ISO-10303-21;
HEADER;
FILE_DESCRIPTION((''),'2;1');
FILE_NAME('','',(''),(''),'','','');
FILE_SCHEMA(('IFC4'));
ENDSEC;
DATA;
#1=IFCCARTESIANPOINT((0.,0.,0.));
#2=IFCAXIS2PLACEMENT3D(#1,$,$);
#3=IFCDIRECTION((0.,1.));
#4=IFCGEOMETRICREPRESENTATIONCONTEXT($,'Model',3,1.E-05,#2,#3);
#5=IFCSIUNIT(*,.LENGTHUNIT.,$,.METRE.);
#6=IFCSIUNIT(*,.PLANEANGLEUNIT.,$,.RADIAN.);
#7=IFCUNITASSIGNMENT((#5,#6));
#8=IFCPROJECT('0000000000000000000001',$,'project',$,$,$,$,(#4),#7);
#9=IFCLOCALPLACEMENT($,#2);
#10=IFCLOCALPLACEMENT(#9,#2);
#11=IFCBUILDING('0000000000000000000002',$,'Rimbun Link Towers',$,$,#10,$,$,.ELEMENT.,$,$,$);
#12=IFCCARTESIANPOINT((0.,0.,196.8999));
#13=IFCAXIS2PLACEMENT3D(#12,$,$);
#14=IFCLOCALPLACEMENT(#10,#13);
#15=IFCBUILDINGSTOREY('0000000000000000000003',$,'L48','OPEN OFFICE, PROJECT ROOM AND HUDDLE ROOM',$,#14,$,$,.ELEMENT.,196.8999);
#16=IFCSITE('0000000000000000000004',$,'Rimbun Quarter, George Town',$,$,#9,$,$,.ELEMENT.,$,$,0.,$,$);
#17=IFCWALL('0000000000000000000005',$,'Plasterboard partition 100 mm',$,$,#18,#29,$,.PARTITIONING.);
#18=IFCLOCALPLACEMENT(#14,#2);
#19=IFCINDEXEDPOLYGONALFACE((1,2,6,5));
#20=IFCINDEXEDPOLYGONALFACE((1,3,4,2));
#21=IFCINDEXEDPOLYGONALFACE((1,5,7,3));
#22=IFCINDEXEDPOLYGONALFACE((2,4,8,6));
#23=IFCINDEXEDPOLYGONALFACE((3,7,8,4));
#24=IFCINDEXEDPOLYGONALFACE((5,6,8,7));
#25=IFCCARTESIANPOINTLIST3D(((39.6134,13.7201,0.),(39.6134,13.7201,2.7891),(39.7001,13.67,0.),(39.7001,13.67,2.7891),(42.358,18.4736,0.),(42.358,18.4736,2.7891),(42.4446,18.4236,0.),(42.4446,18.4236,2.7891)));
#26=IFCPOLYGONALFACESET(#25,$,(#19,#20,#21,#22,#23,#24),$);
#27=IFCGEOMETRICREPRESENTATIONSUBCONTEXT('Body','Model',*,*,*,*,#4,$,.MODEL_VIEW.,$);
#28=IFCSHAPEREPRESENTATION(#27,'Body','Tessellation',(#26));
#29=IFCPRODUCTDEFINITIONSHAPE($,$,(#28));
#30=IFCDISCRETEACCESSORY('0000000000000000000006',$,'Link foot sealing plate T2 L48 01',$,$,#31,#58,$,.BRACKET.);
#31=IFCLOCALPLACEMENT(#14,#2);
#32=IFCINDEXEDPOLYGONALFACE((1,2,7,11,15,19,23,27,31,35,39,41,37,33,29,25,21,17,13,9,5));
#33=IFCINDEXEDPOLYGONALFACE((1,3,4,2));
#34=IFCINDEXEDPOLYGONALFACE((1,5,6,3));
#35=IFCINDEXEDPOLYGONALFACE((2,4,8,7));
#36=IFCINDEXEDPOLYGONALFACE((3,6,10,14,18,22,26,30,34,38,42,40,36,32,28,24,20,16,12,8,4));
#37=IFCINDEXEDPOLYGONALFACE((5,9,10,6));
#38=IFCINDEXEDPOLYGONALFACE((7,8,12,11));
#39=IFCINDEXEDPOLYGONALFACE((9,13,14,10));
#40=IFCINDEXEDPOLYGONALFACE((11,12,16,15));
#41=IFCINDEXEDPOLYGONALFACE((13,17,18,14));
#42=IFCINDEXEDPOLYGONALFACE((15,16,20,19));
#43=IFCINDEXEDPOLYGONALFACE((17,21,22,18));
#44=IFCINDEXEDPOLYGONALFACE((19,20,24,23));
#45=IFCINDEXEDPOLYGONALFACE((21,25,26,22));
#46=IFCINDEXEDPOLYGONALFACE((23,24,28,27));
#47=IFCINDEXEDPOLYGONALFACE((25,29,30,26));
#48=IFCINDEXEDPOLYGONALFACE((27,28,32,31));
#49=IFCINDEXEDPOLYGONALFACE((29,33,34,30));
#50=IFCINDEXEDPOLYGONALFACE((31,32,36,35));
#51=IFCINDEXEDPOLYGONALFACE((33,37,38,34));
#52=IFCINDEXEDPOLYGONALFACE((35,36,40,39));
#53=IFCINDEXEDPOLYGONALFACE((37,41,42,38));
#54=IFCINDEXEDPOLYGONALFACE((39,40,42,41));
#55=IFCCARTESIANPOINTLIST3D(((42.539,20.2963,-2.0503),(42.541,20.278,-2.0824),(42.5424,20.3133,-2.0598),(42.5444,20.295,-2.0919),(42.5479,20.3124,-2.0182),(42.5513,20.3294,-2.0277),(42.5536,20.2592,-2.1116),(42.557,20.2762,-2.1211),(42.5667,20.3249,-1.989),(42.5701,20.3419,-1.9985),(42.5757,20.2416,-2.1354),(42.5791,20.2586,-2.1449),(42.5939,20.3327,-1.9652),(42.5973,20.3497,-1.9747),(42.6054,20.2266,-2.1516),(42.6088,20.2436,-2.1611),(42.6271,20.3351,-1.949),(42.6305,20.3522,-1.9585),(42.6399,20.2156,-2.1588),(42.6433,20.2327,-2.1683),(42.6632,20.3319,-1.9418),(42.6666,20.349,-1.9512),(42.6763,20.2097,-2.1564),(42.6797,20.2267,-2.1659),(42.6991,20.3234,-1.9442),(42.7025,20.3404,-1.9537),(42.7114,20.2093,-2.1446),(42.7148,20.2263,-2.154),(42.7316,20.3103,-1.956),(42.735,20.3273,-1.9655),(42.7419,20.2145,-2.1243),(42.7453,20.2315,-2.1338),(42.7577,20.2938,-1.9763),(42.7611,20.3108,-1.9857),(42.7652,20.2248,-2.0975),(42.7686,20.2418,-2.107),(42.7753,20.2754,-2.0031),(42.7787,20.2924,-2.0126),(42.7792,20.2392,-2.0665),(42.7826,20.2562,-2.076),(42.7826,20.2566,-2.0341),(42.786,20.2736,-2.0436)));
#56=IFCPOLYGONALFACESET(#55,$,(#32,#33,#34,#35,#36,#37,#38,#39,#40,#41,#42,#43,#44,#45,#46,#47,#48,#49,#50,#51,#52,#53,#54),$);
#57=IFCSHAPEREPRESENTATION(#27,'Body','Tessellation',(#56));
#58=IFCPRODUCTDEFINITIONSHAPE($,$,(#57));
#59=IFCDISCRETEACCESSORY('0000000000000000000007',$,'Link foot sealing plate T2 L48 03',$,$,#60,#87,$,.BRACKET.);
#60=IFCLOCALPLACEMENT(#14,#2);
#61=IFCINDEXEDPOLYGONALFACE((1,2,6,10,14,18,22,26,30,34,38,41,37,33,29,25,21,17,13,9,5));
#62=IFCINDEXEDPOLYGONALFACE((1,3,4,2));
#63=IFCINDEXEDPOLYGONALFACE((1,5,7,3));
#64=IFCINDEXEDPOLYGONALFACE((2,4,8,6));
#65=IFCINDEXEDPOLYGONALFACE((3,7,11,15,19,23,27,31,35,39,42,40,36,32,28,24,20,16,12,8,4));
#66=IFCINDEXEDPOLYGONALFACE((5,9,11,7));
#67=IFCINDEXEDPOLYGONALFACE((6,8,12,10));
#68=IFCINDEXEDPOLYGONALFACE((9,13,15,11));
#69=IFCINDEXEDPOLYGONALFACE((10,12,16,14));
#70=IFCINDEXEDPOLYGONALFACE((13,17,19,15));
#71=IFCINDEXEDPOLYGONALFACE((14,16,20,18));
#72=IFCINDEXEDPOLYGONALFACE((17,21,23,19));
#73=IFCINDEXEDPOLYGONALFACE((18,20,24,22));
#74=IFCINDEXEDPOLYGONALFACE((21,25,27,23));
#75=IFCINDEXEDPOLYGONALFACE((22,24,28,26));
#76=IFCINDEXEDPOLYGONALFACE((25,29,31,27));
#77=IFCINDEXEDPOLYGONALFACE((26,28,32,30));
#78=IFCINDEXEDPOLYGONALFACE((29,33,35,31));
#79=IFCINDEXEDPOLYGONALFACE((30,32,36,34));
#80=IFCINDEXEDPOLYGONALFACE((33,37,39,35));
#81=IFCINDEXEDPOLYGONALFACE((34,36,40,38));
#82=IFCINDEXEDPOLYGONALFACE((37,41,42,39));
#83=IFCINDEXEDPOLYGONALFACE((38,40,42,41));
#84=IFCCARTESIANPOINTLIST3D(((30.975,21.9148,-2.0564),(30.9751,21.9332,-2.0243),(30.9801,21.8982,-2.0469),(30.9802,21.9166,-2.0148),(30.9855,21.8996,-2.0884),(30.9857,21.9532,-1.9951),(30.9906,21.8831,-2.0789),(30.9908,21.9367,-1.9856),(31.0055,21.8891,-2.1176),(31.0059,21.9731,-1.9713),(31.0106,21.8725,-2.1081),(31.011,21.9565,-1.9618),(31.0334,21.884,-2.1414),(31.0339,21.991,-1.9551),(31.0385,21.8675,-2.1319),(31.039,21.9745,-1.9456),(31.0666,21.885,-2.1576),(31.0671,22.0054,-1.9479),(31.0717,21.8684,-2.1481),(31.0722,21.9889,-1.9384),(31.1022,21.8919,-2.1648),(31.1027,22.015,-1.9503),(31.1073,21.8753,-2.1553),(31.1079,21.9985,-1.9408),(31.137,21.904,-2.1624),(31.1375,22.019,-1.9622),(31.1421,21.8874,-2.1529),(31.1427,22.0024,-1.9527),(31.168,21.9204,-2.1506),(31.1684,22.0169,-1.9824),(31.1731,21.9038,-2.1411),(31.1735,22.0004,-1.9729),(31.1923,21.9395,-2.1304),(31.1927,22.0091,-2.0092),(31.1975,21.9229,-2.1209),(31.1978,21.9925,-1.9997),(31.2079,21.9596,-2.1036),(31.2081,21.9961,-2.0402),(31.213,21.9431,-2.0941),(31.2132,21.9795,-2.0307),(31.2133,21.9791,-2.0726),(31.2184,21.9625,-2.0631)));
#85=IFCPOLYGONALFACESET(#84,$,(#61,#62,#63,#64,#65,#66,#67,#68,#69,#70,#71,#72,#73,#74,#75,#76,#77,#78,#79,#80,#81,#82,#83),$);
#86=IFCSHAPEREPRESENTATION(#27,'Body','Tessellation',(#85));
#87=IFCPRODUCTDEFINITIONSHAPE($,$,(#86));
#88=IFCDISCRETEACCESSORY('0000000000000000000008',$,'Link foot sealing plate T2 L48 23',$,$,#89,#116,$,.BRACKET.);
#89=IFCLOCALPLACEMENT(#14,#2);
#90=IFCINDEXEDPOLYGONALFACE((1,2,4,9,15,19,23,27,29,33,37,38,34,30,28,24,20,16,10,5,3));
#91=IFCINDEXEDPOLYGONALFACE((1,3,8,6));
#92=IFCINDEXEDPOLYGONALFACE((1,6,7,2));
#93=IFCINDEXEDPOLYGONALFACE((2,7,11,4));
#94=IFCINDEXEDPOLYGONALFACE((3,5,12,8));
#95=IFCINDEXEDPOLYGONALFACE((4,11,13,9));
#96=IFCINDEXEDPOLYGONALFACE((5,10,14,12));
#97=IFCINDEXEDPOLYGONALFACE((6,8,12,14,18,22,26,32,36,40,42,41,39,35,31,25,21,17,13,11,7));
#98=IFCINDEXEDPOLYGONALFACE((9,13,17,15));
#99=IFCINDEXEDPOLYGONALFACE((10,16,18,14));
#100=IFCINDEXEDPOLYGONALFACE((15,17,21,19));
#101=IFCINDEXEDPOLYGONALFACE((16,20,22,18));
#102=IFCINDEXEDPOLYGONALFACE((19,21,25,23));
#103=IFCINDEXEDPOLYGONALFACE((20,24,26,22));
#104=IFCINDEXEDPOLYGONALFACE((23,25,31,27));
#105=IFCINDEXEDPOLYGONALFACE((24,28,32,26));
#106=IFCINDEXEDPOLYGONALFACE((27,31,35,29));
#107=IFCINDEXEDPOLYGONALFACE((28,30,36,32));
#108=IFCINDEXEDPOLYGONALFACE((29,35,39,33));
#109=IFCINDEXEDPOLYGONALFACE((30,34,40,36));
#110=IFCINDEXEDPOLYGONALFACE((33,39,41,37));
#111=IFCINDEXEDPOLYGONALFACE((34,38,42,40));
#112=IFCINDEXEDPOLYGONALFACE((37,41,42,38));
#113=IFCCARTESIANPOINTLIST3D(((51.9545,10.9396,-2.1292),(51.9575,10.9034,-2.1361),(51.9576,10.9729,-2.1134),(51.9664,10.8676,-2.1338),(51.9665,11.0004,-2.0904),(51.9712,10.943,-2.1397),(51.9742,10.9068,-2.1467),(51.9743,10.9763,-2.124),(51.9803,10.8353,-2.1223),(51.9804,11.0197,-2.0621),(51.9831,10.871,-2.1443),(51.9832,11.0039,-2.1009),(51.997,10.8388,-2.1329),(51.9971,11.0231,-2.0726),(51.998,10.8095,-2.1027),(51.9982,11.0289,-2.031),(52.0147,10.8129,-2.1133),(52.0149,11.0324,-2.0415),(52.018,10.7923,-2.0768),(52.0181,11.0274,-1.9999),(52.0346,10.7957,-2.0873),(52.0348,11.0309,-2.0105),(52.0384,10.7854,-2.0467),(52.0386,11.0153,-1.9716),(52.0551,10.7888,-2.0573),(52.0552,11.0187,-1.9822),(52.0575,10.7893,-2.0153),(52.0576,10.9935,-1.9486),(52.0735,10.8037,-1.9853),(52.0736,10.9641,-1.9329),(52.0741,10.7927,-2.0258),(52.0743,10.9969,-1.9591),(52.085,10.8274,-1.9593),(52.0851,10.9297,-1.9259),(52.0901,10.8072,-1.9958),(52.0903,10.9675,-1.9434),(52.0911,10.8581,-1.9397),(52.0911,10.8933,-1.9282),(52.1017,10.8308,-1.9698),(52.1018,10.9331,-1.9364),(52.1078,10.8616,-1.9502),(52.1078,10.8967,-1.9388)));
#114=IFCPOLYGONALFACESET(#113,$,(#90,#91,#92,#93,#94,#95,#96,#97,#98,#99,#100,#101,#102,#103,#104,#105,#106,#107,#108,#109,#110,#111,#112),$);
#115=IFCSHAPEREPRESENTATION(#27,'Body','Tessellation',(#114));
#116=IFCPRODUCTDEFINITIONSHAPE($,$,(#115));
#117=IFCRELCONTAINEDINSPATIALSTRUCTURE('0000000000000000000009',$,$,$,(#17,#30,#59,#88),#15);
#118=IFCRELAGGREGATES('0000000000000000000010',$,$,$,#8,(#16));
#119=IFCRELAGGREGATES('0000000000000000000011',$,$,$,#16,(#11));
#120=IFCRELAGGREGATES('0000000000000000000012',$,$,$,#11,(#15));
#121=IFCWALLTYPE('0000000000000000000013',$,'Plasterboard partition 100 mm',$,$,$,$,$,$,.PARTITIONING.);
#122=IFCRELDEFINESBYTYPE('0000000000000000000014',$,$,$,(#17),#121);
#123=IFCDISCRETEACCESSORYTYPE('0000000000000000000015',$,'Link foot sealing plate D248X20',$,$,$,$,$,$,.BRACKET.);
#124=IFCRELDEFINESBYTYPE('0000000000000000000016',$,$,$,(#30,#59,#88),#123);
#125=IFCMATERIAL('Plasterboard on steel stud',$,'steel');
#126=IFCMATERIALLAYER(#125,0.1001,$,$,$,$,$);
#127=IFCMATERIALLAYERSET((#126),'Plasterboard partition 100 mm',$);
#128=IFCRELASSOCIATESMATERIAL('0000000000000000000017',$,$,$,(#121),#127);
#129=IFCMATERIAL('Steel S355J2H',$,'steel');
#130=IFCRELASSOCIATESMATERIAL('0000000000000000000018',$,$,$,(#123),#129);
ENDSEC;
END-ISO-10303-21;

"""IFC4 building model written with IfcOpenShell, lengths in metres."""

from ifc_helpers import new_model, si_unit, direction, frame, frame_2d, origin, origin_2d, place, context, subcontext, project, spatial, rectangle, circle, extrude, material, layer, layer_set, material_profile, profile_set, type_object, element, save


model = new_model("IFC4")

# Units and contexts
model_context = context("Model", 3, precision=1e-05, world=origin(), true_north=direction((0.0, 1.0)))
body_context = subcontext(model_context, "Body", "Model", "MODEL_VIEW")
ifc_project = project(units=[si_unit("LENGTHUNIT", "METRE"), si_unit("PLANEANGLEUNIT", "RADIAN")], contexts=[model_context])

# Site, building, storey
site_placement = place(None, origin())
site = spatial("IfcSite", under=ifc_project, at=site_placement, Name="Rimbun Quarter, George Town", CompositionType="ELEMENT", RefElevation=0.0)
building_placement = place(site_placement, origin())
building = spatial("IfcBuilding", under=site, at=building_placement, Name="Rimbun Link Towers", CompositionType="ELEMENT")
storey_placement = place(building_placement, frame((0.0, 0.0, 196.8999)))
storey = spatial("IfcBuildingStorey", under=building, at=storey_placement, Name="L48", Description="OPEN OFFICE, PROJECT ROOM AND HUDDLE ROOM", CompositionType="ELEMENT", Elevation=196.8999)

# Shared definitions
ifc_material_1 = material(Name="Plasterboard on steel stud", Category="steel")
ifc_layer_1 = layer(ifc_material_1, 0.1001)
ifc_layer_set_1 = layer_set([ifc_layer_1], Name="Plasterboard partition 100 mm")
wall_type = type_object("IfcWallType", Name="Plasterboard partition 100 mm", PredefinedType="PARTITIONING", material=ifc_layer_set_1)

# Wall
wall_1_placement = place(storey_placement, frame((42.4014, 18.4487, 0.0), z_axis=(0.0, 0.0, 1.0), x_axis=(-0.500014, -0.866017, 0.0)))
element("IfcWall", 1, at=wall_1_placement, inside=storey, type_object=wall_type, Name="Plasterboard partition 100 mm", PredefinedType="PARTITIONING", context=body_context, shape_type="SweptSolid", body=[
    extrude(rectangle(XDim=5.489, YDim=0.1001, at=frame_2d((2.7446, 0.0))), origin(), (0.0, 0.0, 1.0), 2.7891),
])

# Discrete accessories
ifc_material_2 = material(Name="Steel S355J2H", Category="steel")
ifc_material_profile_1 = material_profile(ifc_material_2, circle(Radius=0.124, at=origin_2d()), Name="PL D248")
ifc_profile_set_1 = profile_set([ifc_material_profile_1], Name="Steel S355J2H")
discrete_accessory_type = type_object("IfcDiscreteAccessoryType", Name="Link foot sealing plate D248X20", PredefinedType="BRACKET", material=ifc_profile_set_1)
for number, where, z_axis, x_axis, name in (
    (2, (42.6606, 20.272, -2.0503), (0.172107, 0.860533, -0.47944), (-0.980581, 0.196116, 0.0), "Link foot sealing plate T2 L48 01"),
    (3, (31.0986, 21.9348, -2.0469), (-0.258767, 0.837911, -0.480567), (-0.955475, -0.295073, 0.0), "Link foot sealing plate T2 L48 03"),
):
    element("IfcDiscreteAccessory", number, at=place(storey_placement, frame(where, z_axis=z_axis, x_axis=x_axis)), inside=storey, type_object=discrete_accessory_type, Name=name, PredefinedType="BRACKET", context=body_context, shape_type="SweptSolid", body=[
        extrude(circle(Radius=0.124, at=origin_2d()), origin(), (0.0, 0.0, 1.0), 0.0198),
    ])
discrete_accessory_placement = place(storey_placement, frame((52.0232, 10.9075, -2.031), z_axis=(0.832681, 0.171434, -0.526548), x_axis=(-0.201653, 0.979457, 0.0)))
element("IfcDiscreteAccessory", 4, at=discrete_accessory_placement, inside=storey, type_object=discrete_accessory_type, Name="Link foot sealing plate T2 L48 23", PredefinedType="BRACKET", context=body_context, shape_type="SweptSolid", body=[
    extrude(circle(Radius=0.124, at=origin_2d()), origin(), (0.0, 0.0, 1.0), 0.02),
])

save(model, "model.ifc")
